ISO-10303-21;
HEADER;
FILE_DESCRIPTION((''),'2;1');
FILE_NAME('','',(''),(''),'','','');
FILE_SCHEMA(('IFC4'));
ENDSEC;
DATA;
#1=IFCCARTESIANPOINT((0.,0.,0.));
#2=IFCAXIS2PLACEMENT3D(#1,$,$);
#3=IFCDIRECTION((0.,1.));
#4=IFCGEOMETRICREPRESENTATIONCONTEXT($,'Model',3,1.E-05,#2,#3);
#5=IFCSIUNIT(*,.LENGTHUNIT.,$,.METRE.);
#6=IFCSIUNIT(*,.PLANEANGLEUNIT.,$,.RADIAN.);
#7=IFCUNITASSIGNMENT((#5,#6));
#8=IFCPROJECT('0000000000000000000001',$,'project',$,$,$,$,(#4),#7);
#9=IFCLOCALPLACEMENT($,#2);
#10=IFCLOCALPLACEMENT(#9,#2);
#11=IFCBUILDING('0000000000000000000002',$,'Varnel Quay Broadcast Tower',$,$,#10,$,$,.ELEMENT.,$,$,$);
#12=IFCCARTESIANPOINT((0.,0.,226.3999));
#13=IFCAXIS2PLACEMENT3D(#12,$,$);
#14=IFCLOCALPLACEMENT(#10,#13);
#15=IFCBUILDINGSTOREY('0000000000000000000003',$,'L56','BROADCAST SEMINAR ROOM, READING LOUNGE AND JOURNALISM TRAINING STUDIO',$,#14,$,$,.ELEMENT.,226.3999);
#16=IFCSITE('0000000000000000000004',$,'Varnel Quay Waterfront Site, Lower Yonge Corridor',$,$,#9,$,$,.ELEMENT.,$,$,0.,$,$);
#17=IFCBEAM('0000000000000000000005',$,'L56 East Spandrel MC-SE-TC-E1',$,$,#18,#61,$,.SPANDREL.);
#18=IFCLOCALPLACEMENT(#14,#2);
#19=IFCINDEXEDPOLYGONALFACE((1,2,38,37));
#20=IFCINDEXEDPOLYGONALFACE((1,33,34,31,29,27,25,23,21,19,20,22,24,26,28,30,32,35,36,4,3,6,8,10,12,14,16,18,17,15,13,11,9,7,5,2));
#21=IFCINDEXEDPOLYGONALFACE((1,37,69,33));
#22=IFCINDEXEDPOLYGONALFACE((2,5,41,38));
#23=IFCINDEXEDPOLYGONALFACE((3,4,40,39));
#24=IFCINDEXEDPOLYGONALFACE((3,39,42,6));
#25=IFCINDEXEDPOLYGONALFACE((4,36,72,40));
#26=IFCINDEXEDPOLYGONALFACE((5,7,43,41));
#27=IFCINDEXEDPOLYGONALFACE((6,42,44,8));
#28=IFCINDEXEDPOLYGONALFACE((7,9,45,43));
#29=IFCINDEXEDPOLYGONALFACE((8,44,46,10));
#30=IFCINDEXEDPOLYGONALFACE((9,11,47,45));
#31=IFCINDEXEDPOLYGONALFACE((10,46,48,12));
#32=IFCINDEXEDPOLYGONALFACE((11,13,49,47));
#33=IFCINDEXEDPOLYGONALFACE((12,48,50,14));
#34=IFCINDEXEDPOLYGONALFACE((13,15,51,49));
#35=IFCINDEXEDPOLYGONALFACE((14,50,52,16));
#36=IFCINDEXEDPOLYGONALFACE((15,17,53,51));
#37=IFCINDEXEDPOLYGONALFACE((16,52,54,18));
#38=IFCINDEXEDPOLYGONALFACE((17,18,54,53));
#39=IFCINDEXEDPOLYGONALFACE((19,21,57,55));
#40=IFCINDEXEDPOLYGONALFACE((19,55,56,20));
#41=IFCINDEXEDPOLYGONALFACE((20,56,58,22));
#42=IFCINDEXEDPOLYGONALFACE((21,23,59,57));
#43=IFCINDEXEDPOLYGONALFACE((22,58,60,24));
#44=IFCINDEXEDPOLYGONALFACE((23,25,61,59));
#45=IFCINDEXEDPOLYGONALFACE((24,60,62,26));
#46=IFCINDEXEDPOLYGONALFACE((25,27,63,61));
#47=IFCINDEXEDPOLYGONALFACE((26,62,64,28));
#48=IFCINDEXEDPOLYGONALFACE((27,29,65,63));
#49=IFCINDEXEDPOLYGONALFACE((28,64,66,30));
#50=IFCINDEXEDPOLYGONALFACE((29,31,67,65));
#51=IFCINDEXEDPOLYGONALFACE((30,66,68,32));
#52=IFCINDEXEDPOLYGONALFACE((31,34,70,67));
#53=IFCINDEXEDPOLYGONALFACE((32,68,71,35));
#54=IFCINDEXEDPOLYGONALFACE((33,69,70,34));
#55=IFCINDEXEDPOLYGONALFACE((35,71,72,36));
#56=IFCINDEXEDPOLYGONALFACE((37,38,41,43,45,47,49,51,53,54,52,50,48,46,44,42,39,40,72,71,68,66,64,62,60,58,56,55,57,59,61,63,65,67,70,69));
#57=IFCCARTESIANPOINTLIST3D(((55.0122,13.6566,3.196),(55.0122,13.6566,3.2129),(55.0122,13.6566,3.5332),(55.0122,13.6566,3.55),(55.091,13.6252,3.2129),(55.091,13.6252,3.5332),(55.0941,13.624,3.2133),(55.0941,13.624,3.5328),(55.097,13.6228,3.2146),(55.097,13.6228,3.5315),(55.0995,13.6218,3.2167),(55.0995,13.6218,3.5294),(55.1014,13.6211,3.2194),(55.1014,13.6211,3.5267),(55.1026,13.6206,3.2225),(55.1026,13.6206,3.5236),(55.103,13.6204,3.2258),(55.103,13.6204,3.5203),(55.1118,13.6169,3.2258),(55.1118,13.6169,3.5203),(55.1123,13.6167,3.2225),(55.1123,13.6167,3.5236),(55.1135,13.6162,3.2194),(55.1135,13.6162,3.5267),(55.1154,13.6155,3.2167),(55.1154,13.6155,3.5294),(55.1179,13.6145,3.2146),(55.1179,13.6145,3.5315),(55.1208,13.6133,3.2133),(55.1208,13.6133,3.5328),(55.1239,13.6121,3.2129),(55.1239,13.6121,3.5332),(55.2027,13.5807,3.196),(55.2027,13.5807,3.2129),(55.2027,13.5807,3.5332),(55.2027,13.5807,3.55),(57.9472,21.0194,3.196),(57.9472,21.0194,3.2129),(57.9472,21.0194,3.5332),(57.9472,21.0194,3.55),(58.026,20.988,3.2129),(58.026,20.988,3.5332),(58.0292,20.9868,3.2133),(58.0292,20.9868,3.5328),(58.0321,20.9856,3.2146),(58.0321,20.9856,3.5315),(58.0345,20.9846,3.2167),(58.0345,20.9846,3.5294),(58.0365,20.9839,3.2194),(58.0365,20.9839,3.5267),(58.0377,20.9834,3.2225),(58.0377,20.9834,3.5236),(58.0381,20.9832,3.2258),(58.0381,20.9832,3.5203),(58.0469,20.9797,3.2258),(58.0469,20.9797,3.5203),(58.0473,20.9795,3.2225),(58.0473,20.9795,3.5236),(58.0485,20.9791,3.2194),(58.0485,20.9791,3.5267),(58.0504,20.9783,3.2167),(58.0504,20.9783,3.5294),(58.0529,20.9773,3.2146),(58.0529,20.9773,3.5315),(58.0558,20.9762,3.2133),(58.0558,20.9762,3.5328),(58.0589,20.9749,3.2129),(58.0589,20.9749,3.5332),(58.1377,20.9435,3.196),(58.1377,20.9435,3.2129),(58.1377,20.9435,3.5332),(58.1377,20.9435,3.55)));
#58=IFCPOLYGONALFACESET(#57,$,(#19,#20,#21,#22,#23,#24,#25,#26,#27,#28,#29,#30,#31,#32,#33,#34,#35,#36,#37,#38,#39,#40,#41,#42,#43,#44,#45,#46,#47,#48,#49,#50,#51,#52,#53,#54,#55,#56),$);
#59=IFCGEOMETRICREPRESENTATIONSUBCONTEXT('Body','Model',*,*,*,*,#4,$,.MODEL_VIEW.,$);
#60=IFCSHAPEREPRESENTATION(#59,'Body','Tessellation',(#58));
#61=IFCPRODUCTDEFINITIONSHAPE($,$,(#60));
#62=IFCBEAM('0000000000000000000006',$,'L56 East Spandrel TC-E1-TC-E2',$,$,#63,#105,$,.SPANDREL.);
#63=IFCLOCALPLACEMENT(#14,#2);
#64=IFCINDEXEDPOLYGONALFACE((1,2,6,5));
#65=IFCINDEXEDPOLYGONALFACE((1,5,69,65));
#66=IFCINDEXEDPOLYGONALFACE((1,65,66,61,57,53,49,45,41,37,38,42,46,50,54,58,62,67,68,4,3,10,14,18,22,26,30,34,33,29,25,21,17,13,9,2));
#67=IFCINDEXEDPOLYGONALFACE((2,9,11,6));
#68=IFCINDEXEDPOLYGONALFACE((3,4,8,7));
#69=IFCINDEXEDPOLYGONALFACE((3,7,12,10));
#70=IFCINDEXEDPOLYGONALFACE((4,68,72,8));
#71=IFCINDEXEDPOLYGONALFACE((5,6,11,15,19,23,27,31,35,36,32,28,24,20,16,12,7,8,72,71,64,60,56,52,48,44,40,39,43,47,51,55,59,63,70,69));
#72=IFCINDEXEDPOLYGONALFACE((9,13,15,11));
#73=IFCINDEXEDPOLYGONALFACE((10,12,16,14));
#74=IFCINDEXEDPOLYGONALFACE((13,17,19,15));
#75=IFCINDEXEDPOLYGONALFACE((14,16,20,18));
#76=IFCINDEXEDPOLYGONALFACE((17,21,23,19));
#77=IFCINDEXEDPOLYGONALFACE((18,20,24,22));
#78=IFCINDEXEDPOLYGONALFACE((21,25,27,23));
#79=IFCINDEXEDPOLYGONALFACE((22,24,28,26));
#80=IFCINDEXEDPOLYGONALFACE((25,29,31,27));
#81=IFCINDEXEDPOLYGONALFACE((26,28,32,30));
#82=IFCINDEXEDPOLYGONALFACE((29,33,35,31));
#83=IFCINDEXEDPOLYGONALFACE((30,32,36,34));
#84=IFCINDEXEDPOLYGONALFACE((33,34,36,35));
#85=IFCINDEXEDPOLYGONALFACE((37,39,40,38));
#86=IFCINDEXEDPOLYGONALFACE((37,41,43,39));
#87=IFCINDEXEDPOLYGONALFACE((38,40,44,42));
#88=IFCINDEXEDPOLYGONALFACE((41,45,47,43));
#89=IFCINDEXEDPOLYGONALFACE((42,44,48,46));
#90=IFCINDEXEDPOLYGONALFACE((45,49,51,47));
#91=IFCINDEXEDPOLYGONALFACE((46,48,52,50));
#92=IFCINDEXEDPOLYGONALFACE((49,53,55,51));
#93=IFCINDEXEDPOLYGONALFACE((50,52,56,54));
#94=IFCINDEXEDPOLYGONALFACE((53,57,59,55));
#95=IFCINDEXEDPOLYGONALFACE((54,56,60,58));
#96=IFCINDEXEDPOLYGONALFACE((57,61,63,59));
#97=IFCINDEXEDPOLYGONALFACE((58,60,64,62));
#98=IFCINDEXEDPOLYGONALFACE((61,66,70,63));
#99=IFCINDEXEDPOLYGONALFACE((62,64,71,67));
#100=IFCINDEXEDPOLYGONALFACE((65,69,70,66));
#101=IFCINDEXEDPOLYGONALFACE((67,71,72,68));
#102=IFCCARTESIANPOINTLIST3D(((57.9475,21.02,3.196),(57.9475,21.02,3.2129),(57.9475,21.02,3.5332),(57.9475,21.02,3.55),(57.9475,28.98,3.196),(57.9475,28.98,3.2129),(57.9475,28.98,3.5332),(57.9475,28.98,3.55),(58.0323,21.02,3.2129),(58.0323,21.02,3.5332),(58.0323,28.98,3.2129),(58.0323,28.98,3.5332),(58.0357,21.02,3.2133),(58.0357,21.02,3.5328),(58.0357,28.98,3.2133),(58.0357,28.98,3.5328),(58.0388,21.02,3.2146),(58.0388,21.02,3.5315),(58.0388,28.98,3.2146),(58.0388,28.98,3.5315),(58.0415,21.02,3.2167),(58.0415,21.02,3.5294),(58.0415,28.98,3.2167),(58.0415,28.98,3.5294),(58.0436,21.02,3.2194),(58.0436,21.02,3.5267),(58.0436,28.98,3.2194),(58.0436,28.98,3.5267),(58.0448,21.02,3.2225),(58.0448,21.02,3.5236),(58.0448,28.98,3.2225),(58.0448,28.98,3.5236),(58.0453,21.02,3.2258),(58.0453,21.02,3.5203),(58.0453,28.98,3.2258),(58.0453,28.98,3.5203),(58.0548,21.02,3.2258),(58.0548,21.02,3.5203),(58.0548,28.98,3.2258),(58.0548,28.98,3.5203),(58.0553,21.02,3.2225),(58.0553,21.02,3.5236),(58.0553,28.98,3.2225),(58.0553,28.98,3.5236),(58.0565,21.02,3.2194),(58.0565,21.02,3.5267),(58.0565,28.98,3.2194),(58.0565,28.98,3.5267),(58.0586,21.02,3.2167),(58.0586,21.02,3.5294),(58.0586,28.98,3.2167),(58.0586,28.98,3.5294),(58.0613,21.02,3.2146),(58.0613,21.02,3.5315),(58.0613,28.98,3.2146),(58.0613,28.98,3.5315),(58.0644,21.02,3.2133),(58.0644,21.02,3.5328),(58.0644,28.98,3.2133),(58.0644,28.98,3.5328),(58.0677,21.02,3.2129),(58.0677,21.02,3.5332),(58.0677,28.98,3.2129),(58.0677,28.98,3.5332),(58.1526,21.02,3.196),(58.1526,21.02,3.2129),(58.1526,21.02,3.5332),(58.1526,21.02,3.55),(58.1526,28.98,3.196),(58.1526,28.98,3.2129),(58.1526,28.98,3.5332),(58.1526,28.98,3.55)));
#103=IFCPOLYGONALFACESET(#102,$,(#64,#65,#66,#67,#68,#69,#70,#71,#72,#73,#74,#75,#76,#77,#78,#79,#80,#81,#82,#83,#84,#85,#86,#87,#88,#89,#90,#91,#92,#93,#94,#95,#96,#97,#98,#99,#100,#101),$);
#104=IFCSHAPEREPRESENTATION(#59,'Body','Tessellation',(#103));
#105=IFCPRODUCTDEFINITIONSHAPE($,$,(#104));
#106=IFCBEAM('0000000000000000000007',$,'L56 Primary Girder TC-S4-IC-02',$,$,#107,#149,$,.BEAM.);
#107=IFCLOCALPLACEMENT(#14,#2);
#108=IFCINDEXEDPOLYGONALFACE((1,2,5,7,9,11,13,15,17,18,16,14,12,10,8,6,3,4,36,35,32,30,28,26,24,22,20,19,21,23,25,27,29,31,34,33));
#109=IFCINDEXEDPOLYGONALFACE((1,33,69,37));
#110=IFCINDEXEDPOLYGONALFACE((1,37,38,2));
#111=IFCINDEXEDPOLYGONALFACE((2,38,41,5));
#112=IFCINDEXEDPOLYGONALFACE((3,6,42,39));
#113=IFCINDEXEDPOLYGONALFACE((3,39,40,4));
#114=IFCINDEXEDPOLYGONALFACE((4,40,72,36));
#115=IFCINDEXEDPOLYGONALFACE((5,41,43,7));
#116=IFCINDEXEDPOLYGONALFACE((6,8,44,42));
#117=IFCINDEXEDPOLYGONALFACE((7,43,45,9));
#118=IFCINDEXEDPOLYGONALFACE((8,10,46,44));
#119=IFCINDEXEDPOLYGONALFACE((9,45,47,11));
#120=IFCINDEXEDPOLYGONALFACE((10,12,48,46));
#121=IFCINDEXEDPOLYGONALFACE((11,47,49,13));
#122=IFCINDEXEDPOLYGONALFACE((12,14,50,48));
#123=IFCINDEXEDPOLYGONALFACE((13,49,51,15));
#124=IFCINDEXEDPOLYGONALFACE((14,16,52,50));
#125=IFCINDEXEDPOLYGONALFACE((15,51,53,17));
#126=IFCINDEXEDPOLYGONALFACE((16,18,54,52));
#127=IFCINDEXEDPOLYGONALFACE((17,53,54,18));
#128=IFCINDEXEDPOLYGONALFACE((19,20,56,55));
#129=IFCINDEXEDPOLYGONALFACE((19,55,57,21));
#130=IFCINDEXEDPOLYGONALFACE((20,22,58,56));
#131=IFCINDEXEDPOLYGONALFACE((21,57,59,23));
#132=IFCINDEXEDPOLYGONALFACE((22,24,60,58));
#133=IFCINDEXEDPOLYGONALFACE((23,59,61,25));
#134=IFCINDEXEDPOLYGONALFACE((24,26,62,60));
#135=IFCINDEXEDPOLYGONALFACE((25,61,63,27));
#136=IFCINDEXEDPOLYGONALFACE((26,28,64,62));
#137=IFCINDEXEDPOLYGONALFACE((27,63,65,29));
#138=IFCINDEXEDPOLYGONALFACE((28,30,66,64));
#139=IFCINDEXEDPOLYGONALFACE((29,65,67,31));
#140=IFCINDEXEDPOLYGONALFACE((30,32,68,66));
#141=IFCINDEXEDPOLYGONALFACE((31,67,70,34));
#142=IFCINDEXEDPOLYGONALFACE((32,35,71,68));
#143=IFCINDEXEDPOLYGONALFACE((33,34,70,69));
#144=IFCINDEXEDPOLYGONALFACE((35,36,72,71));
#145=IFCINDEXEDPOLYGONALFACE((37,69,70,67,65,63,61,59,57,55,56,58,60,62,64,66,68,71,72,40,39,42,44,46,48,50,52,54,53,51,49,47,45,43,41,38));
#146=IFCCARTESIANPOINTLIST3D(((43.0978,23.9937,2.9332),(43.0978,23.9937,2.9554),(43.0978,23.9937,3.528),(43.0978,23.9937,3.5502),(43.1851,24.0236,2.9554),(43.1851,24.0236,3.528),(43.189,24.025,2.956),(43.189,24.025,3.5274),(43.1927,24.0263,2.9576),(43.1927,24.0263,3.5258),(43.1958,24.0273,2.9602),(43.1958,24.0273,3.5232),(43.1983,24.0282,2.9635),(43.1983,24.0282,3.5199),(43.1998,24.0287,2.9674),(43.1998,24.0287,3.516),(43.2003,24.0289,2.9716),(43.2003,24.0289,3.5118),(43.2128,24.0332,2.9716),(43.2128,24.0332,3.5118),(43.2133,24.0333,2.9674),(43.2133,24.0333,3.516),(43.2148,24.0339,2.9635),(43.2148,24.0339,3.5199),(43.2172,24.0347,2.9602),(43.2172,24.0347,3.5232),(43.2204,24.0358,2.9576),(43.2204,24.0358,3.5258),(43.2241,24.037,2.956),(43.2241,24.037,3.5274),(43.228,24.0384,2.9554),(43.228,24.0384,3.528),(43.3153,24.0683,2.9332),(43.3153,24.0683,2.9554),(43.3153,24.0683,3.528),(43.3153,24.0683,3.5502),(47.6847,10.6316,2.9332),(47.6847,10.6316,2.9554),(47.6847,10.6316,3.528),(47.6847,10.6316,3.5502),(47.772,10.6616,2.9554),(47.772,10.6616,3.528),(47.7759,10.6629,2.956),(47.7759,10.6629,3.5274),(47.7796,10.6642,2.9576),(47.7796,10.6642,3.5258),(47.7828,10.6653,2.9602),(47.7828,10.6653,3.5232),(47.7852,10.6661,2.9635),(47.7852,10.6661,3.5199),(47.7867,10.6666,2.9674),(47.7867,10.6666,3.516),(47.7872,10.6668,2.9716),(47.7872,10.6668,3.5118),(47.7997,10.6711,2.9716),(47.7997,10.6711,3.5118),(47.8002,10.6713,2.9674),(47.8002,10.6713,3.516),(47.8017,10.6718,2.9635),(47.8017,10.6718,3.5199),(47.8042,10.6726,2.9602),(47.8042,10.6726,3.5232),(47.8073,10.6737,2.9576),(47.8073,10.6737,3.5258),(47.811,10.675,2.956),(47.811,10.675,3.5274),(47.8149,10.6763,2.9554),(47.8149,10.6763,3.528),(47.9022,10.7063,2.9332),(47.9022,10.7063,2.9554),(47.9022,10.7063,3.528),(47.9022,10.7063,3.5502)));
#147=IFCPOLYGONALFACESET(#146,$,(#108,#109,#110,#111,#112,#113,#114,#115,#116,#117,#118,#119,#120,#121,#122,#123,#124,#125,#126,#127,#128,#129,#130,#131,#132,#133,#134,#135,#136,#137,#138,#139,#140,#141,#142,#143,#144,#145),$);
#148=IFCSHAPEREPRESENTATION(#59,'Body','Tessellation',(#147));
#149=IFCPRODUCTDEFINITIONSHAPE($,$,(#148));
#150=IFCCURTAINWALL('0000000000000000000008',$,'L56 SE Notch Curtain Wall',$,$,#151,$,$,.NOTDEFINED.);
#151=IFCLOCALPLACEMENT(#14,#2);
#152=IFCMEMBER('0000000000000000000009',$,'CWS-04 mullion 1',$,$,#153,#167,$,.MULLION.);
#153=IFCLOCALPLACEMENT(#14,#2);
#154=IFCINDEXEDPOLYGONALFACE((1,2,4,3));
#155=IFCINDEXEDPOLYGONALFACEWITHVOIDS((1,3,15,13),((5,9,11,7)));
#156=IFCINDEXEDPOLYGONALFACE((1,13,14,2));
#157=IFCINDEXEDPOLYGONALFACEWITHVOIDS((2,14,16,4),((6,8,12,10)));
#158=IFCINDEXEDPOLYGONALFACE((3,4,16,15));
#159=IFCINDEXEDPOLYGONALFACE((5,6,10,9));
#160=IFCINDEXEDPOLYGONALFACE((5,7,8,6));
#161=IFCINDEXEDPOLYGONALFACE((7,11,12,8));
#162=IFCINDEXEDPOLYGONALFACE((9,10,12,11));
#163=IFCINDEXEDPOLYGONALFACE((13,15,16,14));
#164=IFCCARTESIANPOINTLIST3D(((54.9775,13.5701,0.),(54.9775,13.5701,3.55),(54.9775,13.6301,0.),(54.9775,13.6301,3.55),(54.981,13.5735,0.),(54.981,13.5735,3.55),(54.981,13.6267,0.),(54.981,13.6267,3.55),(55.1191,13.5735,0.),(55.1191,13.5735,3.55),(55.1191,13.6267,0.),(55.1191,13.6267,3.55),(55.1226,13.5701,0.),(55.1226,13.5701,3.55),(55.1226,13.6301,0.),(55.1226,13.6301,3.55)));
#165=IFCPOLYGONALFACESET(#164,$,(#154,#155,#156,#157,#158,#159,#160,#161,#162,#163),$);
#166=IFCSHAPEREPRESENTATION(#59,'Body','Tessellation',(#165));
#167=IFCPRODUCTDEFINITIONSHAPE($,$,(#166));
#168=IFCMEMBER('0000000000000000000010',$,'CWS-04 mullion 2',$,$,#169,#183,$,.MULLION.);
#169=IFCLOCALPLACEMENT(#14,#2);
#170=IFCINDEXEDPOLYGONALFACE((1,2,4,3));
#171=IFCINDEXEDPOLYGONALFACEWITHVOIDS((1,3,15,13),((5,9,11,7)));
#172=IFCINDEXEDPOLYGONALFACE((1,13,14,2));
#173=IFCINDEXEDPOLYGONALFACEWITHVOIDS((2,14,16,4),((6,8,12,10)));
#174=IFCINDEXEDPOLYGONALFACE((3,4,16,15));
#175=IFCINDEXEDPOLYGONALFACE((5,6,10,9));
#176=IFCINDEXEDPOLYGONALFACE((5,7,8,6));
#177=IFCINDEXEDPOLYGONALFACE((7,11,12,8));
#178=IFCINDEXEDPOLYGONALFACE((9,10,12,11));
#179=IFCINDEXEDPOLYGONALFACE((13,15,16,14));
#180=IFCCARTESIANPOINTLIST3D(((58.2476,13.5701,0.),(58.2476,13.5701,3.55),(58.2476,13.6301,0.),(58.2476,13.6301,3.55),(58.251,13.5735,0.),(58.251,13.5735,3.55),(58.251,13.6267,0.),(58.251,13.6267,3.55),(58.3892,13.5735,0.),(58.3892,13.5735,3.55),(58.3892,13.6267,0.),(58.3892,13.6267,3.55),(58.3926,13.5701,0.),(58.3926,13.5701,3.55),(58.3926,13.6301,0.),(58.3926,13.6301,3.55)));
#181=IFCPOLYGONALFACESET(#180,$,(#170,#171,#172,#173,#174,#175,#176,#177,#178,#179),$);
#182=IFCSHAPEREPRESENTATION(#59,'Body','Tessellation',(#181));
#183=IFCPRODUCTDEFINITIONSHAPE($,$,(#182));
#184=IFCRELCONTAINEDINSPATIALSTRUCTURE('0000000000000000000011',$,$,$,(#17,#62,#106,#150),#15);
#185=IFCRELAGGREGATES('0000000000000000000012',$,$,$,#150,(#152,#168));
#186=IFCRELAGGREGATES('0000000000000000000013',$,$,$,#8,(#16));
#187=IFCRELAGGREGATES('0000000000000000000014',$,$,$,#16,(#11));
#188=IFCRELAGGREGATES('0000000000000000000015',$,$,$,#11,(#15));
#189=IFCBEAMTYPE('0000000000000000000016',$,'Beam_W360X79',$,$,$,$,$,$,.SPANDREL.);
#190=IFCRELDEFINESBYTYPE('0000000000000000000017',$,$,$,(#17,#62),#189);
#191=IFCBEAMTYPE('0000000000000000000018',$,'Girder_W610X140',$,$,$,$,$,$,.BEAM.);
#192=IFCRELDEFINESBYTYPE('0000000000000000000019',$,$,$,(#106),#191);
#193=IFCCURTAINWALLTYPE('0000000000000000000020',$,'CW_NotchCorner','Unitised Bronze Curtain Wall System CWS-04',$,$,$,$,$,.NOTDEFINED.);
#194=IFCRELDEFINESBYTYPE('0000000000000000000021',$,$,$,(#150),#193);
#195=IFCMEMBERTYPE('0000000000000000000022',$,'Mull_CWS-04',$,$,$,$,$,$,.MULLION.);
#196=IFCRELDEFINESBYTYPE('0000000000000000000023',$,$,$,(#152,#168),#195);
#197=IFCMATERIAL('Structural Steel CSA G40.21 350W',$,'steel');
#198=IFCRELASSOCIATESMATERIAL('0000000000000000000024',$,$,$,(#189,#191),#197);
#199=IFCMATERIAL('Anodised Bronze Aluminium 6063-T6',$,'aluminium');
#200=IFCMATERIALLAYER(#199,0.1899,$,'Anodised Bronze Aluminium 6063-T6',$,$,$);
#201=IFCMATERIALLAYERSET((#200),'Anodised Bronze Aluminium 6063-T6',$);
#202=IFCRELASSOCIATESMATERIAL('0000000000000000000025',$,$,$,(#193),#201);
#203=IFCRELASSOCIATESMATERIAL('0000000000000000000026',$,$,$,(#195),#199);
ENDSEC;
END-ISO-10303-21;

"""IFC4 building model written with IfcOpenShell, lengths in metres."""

from ifc_helpers import new_model, si_unit, direction, frame, origin, origin_2d, place, context, subcontext, project, spatial, hollow_rectangle, i_section, extrude, source, transform, mapped, material, layer, layer_set, material_profile, profile_set, type_object, type_shapes, element, aggregate, save


model = new_model("IFC4")

# Units and contexts
model_context = context("Model", 3, precision=1e-05, world=origin(), true_north=direction((0.0, 1.0)))
body_context = subcontext(model_context, "Body", "Model", "MODEL_VIEW")
ifc_project = project(units=[si_unit("LENGTHUNIT", "METRE"), si_unit("PLANEANGLEUNIT", "RADIAN")], contexts=[model_context])

# Site, building, storey
site_placement = place(None, origin())
site = spatial("IfcSite", under=ifc_project, at=site_placement, Name="Varnel Quay Waterfront Site, Lower Yonge Corridor", CompositionType="ELEMENT", RefElevation=0.0)
building_placement = place(site_placement, origin())
building = spatial("IfcBuilding", under=site, at=building_placement, Name="Varnel Quay Broadcast Tower", CompositionType="ELEMENT")
storey_placement = place(building_placement, frame((0.0, 0.0, 226.3999)))
storey = spatial("IfcBuildingStorey", under=building, at=storey_placement, Name="L56", Description="BROADCAST SEMINAR ROOM, READING LOUNGE AND JOURNALISM TRAINING STUDIO", CompositionType="ELEMENT", Elevation=226.3999)

# Shared definitions
ifc_material_1 = material(Name="Structural Steel CSA G40.21 350W", Category="steel")

# Beams
ifc_material_profile_1 = material_profile(ifc_material_1, i_section(OverallWidth=0.2051, OverallDepth=0.354, WebThickness=0.0095, FlangeThickness=0.0168, FilletRadius=0.0129, at=origin_2d()), Name="W360X79")
ifc_profile_set_1 = profile_set([ifc_material_profile_1], Name="Structural Steel CSA G40.21 350W")
beam_type_1 = type_object("IfcBeamType", Name="Beam_W360X79", PredefinedType="SPANDREL", material=ifc_profile_set_1)
shared_shape_1 = source(origin(), body_context, "Body", "SweptSolid", [
    extrude(i_section(OverallWidth=0.2051, OverallDepth=0.354, WebThickness=0.0095, FlangeThickness=0.0168, FilletRadius=0.0129, at=origin_2d()), origin(), (0.0, 0.0, 1.0), 7.9263),
])
beam_1_placement = place(storey_placement, frame((55.1074, 13.6187, 3.373), z_axis=(0.370296, 0.928914, 0.0), x_axis=(-0.928914, 0.370296, 0.0)))
element("IfcBeam", 1, at=beam_1_placement, inside=storey, type_object=beam_type_1, Name="L56 East Spandrel MC-SE-TC-E1", PredefinedType="SPANDREL", context=body_context, shape_type="MappedRepresentation", body=[
    mapped(shared_shape_1, transform((0.0, 0.0, 0.0), x_axis=(1.0, 0.0, 0.0), y_axis=(0.0, 1.0, 0.0), z_axis=(0.0, 0.0, 1.0), scale=1.0)),
])
shared_shape_2 = source(origin(), body_context, "Body", "SweptSolid", [
    extrude(i_section(OverallWidth=0.2051, OverallDepth=0.354, WebThickness=0.0095, FlangeThickness=0.0168, FilletRadius=0.0129, at=origin_2d()), origin(), (0.0, 0.0, 1.0), 7.96),
])
beam_2_placement = place(storey_placement, frame((58.05, 21.02, 3.373), z_axis=(0.0, 1.0, 0.0), x_axis=(-1.0, 0.0, 0.0)))
element("IfcBeam", 2, at=beam_2_placement, inside=storey, type_object=beam_type_1, Name="L56 East Spandrel TC-E1-TC-E2", PredefinedType="SPANDREL", context=body_context, shape_type="MappedRepresentation", body=[
    mapped(shared_shape_2, transform((0.0, 0.0, 0.0), x_axis=(1.0, 0.0, 0.0), y_axis=(0.0, 1.0, 0.0), z_axis=(0.0, 0.0, 1.0), scale=1.0)),
])
ifc_material_profile_2 = material_profile(ifc_material_1, i_section(OverallWidth=0.23, OverallDepth=0.6169, WebThickness=0.0132, FlangeThickness=0.0222, FilletRadius=0.0161, at=origin_2d()), Name="W610X140")
ifc_profile_set_2 = profile_set([ifc_material_profile_2], Name="Structural Steel CSA G40.21 350W")
beam_type_2 = type_object("IfcBeamType", Name="Girder_W610X140", PredefinedType="BEAM", material=ifc_profile_set_2)
shared_shape_3 = source(origin(), body_context, "Body", "SweptSolid", [
    extrude(i_section(OverallWidth=0.23, OverallDepth=0.6169, WebThickness=0.0132, FlangeThickness=0.0222, FilletRadius=0.0161, at=origin_2d()), origin(), (0.0, 0.0, 1.0), 14.1274),
])
type_shapes(beam_type_2, [shared_shape_3])
beam_3_placement = place(storey_placement, frame((47.7935, 10.6689, 3.2417), z_axis=(-0.324681, 0.945823, 0.0), x_axis=(-0.945823, -0.324681, 0.0)))
element("IfcBeam", 3, at=beam_3_placement, inside=storey, type_object=beam_type_2, Name="L56 Primary Girder TC-S4-IC-02", PredefinedType="BEAM", context=body_context, shape_type="MappedRepresentation", body=[
    mapped(shared_shape_3, transform((0.0, 0.0, 0.0), x_axis=(1.0, 0.0, 0.0), y_axis=(0.0, 1.0, 0.0), z_axis=(0.0, 0.0, 1.0), scale=1.0)),
])

# Curtain wall, members
ifc_material_2 = material(Name="Anodised Bronze Aluminium 6063-T6", Category="aluminium")
ifc_layer_1 = layer(ifc_material_2, 0.1899, Name="Anodised Bronze Aluminium 6063-T6")
ifc_layer_set_1 = layer_set([ifc_layer_1], Name="Anodised Bronze Aluminium 6063-T6")
curtain_wall_type_1 = type_object("IfcCurtainWallType", Name="CW_NotchCorner", Description="Unitised Bronze Curtain Wall System CWS-04", PredefinedType="NOTDEFINED", material=ifc_layer_set_1)
curtain_wall_1_placement = place(storey_placement, origin())
curtain_wall_1 = element("IfcCurtainWall", 4, at=curtain_wall_1_placement, inside=storey, type_object=curtain_wall_type_1, Name="L56 SE Notch Curtain Wall", PredefinedType="NOTDEFINED")
ifc_material_profile_3 = material_profile(ifc_material_2, hollow_rectangle(XDim=0.0601, YDim=0.145, WallThickness=0.0034, at=origin_2d()), Name="ALU60X145X3.5")
ifc_profile_set_3 = profile_set([ifc_material_profile_3], Name="Anodised Bronze Aluminium 6063-T6")
member_type_1 = type_object("IfcMemberType", Name="Mull_CWS-04", PredefinedType="MULLION", material=ifc_profile_set_3)
shared_shape_4 = source(origin(), body_context, "Body", "SweptSolid", [
    extrude(hollow_rectangle(XDim=0.0601, YDim=0.145, WallThickness=0.0034, at=origin_2d()), origin(), (0.0, 0.0, 1.0), 3.55),
])
type_shapes(member_type_1, [shared_shape_4])
member_1_placement = place(storey_placement, frame((55.05, 13.6001, 0.0), z_axis=(0.0, 0.0, 1.0), x_axis=(0.0, 1.0, 0.0)))
member_1 = element("IfcMember", 5, at=member_1_placement, type_object=member_type_1, Name="CWS-04 mullion 1", PredefinedType="MULLION", context=body_context, shape_type="MappedRepresentation", body=[
    mapped(shared_shape_4, transform((0.0, 0.0, 0.0), x_axis=(1.0, 0.0, 0.0), y_axis=(0.0, 1.0, 0.0), z_axis=(0.0, 0.0, 1.0), scale=1.0)),
])
member_2_placement = place(storey_placement, frame((58.3201, 13.6001, 0.0), z_axis=(0.0, 0.0, 1.0), x_axis=(0.0, 1.0, 0.0)))
member_2 = element("IfcMember", 6, at=member_2_placement, type_object=member_type_1, Name="CWS-04 mullion 2", PredefinedType="MULLION", context=body_context, shape_type="MappedRepresentation", body=[
    mapped(shared_shape_4, transform((0.0, 0.0, 0.0), x_axis=(1.0, 0.0, 0.0), y_axis=(0.0, 1.0, 0.0), z_axis=(0.0, 0.0, 1.0), scale=1.0)),
])

aggregate(curtain_wall_1, [member_1, member_2])

save(model, "model.ifc")
